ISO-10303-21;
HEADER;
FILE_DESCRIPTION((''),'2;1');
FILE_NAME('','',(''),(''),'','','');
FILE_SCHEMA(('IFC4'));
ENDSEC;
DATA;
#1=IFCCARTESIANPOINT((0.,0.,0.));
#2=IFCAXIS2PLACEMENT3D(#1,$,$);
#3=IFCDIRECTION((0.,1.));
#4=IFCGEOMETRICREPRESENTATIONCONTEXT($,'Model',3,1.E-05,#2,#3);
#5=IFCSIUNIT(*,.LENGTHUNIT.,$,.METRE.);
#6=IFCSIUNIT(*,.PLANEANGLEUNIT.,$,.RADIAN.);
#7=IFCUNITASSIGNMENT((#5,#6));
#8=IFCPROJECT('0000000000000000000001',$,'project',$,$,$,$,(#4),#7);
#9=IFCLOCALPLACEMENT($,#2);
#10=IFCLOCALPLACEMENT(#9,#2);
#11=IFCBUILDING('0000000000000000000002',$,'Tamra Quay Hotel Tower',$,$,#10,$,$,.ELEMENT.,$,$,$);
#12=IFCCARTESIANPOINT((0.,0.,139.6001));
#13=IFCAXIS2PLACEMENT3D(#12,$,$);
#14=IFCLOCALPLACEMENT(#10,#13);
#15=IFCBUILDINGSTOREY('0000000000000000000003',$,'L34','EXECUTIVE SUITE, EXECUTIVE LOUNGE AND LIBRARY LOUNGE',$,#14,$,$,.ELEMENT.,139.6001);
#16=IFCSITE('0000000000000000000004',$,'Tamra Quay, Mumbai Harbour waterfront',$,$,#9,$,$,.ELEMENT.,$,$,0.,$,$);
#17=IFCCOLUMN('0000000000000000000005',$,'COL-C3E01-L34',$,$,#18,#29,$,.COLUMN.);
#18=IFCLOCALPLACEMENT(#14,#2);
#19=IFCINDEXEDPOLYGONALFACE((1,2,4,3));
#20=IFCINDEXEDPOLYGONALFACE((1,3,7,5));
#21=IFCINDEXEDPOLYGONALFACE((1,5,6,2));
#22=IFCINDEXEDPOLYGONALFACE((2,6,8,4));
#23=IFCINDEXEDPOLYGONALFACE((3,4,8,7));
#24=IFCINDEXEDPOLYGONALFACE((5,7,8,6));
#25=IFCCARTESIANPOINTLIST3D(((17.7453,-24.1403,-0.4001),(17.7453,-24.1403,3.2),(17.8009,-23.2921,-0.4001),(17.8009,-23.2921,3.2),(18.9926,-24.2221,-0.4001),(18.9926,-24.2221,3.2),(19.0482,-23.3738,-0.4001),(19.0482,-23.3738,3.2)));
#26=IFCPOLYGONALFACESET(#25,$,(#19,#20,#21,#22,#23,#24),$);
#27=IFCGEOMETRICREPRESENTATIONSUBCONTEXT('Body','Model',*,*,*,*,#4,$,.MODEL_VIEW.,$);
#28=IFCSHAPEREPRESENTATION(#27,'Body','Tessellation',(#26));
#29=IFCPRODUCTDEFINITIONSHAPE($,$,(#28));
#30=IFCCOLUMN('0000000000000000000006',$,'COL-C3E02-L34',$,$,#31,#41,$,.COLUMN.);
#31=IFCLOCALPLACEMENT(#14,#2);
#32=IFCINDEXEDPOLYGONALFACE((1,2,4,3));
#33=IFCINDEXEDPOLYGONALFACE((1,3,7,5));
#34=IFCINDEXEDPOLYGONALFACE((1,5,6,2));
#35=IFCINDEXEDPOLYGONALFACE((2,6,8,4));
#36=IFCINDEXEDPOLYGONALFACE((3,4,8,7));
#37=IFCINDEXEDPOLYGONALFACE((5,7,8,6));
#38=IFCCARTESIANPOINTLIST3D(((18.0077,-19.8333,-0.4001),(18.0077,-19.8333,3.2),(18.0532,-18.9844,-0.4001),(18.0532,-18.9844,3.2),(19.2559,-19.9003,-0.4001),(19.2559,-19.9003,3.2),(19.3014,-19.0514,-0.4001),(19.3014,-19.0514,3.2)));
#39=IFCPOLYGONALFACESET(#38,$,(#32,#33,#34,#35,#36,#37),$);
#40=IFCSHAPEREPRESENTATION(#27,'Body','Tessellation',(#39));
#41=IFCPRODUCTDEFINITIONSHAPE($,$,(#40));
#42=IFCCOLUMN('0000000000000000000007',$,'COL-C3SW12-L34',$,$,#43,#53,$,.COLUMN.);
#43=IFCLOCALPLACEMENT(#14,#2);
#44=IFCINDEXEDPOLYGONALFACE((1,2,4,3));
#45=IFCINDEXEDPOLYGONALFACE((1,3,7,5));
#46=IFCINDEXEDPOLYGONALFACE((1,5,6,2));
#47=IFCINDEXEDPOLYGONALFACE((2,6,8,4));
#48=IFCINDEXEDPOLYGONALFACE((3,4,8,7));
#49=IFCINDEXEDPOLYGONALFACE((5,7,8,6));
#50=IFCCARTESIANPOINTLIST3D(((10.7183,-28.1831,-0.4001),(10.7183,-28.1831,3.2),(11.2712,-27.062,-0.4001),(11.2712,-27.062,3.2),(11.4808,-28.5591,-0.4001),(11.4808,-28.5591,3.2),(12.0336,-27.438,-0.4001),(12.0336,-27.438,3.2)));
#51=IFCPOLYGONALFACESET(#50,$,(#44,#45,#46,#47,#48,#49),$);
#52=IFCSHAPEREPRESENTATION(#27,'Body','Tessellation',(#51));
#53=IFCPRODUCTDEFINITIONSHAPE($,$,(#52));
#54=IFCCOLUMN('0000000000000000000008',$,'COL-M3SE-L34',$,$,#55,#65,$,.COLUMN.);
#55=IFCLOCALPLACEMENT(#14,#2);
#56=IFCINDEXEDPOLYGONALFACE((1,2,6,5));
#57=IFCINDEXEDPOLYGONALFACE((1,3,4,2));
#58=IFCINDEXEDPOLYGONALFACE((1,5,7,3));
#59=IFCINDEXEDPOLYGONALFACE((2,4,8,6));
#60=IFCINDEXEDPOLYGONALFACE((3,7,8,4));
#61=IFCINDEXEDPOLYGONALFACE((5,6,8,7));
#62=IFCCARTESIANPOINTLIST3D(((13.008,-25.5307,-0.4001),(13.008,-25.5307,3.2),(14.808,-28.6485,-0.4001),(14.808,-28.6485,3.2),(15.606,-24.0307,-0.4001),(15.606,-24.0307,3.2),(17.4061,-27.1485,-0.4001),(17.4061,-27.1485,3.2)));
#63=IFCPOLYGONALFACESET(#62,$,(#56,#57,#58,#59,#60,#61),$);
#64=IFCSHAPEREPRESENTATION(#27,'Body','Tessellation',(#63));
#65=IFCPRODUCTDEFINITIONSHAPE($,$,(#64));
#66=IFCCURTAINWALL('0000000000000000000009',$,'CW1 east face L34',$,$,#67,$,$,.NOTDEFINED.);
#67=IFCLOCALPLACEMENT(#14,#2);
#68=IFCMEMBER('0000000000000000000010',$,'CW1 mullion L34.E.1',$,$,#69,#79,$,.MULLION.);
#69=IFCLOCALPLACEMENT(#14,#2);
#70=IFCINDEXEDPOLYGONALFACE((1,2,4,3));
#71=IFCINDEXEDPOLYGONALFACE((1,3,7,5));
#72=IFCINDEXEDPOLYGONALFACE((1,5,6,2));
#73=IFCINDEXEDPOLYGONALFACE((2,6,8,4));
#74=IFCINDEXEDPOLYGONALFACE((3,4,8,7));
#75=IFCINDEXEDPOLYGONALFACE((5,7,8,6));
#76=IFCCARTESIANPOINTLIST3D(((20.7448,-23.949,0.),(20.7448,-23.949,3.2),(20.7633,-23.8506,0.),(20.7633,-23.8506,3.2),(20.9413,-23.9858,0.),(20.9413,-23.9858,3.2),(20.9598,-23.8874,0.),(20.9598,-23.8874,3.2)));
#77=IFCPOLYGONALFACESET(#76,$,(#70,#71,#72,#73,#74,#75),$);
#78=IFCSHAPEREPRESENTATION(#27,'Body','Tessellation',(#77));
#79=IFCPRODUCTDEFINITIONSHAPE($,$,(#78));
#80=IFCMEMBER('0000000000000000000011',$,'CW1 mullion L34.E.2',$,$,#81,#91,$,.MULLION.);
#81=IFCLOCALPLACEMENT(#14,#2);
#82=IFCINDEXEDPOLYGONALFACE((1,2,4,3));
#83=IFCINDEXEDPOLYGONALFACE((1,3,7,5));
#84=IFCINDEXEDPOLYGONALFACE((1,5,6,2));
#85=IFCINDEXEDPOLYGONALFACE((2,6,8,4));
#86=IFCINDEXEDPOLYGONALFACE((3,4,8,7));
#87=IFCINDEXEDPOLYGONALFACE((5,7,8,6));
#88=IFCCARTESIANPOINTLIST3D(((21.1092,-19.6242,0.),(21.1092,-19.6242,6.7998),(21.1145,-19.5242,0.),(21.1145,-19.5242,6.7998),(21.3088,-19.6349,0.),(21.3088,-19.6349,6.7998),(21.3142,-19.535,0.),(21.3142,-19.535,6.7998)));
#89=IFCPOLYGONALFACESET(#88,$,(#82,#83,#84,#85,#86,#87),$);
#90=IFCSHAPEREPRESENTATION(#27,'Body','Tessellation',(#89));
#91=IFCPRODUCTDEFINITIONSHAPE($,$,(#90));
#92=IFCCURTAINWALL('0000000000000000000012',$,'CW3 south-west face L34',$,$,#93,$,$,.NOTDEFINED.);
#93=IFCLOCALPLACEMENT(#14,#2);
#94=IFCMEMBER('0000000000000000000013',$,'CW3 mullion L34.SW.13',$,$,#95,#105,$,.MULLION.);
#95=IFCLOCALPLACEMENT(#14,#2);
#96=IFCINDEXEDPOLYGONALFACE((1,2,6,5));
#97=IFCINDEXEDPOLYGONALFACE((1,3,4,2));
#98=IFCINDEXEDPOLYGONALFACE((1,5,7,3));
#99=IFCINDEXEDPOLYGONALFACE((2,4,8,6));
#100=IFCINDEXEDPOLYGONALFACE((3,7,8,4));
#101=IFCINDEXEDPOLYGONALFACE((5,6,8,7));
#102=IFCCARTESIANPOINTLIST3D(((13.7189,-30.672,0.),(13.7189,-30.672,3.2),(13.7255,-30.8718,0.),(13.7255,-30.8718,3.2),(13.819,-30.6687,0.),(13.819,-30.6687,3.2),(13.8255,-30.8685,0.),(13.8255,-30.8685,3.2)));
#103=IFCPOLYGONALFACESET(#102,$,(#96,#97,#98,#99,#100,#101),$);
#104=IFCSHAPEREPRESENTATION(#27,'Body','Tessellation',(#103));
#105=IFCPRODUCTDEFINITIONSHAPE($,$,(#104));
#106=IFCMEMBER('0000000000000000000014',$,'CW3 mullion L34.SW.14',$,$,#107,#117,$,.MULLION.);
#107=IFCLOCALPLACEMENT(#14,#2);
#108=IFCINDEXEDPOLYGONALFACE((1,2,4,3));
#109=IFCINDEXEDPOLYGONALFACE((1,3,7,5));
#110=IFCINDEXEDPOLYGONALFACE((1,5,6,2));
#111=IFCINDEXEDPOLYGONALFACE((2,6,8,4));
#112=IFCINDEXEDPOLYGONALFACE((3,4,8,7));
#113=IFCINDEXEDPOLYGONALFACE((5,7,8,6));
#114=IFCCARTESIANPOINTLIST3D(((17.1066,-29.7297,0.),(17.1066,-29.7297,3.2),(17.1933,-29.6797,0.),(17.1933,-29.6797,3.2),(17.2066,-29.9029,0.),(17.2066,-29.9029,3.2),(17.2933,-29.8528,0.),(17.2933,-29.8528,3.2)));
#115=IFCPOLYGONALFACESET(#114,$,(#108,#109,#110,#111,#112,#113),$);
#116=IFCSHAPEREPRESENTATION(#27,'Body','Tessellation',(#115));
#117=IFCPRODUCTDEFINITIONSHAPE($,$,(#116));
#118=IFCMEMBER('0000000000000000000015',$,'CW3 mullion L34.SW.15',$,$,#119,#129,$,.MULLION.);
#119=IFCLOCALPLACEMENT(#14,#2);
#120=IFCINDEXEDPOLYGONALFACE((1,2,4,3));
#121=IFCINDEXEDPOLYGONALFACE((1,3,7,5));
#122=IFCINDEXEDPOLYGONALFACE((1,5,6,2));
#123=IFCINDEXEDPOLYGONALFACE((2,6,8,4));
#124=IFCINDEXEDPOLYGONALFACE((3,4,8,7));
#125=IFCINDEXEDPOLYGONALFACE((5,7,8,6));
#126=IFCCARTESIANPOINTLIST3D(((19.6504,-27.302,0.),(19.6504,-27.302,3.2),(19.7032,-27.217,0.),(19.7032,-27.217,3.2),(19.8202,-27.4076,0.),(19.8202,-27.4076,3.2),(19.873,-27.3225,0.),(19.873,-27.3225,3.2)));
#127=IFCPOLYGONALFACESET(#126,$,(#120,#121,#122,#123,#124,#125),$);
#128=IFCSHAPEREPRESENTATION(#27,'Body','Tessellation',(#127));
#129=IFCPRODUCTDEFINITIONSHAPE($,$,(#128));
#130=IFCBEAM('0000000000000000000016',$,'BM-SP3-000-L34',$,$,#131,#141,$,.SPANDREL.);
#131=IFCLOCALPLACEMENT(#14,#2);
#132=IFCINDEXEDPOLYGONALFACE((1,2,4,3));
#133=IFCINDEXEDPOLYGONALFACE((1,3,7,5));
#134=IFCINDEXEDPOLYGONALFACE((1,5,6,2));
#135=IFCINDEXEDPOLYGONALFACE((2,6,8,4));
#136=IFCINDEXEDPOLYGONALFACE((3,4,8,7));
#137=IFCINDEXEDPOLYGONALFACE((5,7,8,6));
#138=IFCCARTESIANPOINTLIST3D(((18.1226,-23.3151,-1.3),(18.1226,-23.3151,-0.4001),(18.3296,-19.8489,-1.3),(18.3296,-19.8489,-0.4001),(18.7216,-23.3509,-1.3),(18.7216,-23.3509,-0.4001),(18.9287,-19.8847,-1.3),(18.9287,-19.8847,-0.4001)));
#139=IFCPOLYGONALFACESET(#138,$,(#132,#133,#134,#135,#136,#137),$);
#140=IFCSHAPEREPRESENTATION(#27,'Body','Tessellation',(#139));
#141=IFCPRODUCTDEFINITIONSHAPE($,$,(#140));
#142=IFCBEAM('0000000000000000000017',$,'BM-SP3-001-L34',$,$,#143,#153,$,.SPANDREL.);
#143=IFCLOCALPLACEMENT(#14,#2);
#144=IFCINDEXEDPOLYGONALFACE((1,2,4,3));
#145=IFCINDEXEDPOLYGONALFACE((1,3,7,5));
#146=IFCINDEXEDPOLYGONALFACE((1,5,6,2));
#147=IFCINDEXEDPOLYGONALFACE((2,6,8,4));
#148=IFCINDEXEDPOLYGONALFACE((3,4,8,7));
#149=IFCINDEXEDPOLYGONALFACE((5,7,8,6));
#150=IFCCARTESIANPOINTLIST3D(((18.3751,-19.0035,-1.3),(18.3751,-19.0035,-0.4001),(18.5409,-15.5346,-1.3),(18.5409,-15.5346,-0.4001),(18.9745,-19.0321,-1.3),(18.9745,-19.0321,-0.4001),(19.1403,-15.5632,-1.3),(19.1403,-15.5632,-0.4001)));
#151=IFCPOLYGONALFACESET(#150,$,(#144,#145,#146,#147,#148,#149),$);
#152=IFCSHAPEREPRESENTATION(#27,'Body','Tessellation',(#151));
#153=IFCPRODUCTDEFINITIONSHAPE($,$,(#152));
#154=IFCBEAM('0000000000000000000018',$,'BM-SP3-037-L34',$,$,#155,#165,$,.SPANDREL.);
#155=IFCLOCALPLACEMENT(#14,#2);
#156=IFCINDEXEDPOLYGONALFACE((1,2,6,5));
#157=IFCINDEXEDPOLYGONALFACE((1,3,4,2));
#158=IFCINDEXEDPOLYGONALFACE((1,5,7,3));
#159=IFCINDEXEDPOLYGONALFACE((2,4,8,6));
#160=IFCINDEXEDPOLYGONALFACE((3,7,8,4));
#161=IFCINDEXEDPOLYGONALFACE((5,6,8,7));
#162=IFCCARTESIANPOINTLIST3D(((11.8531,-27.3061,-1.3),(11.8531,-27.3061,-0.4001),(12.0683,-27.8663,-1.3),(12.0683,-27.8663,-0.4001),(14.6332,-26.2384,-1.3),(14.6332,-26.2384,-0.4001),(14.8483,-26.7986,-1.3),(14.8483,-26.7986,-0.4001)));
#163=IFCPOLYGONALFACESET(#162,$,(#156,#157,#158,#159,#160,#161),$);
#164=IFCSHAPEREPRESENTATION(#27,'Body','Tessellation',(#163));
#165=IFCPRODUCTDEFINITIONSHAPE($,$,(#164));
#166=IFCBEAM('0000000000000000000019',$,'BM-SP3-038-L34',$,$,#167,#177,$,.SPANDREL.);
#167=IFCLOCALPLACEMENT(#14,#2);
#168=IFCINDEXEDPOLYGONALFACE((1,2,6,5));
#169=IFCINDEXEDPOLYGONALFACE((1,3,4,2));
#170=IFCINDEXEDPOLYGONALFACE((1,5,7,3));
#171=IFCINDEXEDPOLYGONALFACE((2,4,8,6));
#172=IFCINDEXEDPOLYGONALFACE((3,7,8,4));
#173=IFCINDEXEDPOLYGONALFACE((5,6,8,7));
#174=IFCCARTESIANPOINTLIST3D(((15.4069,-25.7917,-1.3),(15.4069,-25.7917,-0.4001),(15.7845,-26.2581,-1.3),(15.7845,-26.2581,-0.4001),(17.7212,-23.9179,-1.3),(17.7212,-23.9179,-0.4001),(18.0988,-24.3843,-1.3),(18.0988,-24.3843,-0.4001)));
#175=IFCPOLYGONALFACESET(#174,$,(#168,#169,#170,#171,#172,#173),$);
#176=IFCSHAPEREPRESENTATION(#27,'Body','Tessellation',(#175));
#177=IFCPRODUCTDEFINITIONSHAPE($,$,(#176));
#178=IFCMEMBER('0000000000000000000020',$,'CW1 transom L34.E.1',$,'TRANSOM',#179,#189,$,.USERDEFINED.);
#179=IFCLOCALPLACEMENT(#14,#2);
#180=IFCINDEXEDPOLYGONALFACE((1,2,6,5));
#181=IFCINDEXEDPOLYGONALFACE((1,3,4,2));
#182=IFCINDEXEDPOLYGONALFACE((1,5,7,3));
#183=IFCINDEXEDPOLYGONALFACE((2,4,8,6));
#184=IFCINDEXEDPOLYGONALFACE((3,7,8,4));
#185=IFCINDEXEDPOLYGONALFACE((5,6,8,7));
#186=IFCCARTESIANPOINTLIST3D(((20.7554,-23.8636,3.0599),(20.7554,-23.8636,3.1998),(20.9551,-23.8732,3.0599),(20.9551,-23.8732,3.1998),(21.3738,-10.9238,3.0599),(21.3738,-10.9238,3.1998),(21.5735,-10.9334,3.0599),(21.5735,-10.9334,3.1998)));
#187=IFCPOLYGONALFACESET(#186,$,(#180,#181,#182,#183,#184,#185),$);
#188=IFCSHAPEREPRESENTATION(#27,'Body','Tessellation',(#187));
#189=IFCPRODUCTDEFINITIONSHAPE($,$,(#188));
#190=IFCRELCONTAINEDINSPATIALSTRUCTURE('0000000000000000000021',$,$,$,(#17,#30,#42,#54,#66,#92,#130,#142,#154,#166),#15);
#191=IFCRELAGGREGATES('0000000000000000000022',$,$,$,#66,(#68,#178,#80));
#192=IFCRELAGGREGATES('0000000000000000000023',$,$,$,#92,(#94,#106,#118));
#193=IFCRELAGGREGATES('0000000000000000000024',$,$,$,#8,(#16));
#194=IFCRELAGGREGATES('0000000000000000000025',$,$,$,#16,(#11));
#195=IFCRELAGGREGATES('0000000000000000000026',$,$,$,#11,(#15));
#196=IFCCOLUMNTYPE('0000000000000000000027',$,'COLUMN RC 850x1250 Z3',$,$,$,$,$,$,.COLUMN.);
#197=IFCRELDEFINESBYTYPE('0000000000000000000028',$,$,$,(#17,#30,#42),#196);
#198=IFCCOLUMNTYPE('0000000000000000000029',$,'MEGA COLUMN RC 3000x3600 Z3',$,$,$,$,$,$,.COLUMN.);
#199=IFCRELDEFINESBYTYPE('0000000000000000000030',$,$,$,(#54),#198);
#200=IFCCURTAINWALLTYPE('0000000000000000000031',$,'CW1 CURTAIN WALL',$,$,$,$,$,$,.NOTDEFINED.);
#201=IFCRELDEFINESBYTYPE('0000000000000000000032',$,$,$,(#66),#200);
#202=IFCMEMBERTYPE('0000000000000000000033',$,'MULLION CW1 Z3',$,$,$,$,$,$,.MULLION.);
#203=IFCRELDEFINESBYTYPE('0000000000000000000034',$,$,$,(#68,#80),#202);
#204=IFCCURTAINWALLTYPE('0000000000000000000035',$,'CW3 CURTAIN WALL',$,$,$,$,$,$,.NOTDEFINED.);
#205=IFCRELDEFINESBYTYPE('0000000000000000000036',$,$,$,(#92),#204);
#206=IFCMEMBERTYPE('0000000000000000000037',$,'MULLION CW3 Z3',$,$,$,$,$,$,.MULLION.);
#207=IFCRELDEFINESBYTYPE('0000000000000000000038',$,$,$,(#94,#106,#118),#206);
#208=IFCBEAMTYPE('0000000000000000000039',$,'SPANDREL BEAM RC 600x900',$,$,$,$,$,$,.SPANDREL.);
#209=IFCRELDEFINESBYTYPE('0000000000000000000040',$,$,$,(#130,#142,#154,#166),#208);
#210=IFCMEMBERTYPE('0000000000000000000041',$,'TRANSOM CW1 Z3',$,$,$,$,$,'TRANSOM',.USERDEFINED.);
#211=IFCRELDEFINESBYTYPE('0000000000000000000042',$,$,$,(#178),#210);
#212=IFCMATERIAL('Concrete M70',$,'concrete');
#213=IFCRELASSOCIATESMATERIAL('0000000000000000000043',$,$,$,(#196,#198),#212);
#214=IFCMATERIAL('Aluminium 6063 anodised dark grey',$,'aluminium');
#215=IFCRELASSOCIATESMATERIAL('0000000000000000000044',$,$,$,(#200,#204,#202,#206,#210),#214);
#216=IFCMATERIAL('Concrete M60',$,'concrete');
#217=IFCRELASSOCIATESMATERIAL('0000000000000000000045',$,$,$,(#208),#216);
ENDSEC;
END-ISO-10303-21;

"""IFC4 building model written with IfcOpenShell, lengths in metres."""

from ifc_helpers import new_model, si_unit, direction, frame, origin, origin_2d, place, context, subcontext, project, spatial, rectangle, extrude, material, material_profile, profile_set, type_object, element, aggregate, save


model = new_model("IFC4")

# Units and contexts
model_context = context("Model", 3, precision=1e-05, world=origin(), true_north=direction((0.0, 1.0)))
body_context = subcontext(model_context, "Body", "Model", "MODEL_VIEW")
ifc_project = project(units=[si_unit("LENGTHUNIT", "METRE"), si_unit("PLANEANGLEUNIT", "RADIAN")], contexts=[model_context])

# Site, building, storey
site_placement = place(None, origin())
site = spatial("IfcSite", under=ifc_project, at=site_placement, Name="Tamra Quay, Mumbai Harbour waterfront", CompositionType="ELEMENT", RefElevation=0.0)
building_placement = place(site_placement, origin())
building = spatial("IfcBuilding", under=site, at=building_placement, Name="Tamra Quay Hotel Tower", CompositionType="ELEMENT")
storey_placement = place(building_placement, frame((0.0, 0.0, 139.6001)))
storey = spatial("IfcBuildingStorey", under=building, at=storey_placement, Name="L34", Description="EXECUTIVE SUITE, EXECUTIVE LOUNGE AND LIBRARY LOUNGE", CompositionType="ELEMENT", Elevation=139.6001)

# Columns
ifc_material_1 = material(Name="Concrete M70", Category="concrete")
ifc_material_profile_1 = material_profile(ifc_material_1, rectangle(XDim=1.25, YDim=0.8501, at=origin_2d()), Name="COLUMN RC 850x1250 Z3")
ifc_profile_set_1 = profile_set([ifc_material_profile_1], Name="Concrete M70")
column_type_1 = type_object("IfcColumnType", Name="COLUMN RC 850x1250 Z3", PredefinedType="COLUMN", material=ifc_profile_set_1)
for number, where, z_axis, x_axis, name in (
    (1, (18.3967, -23.7571, -0.4001), (0.0, 0.0, 1.0), (-0.997858, 0.065419, 0.0), "COL-C3E01-L34"),
    (2, (18.6545, -19.4424, -0.4001), (0.0, 0.0, 1.0), (-0.998562, 0.053603, 0.0), "COL-C3E02-L34"),
    (3, (11.376, -27.8105, -0.4001), (0.0, 0.0, 1.0), (0.442275, 0.89688, 0.0), "COL-C3SW12-L34"),
):
    element("IfcColumn", number, at=place(storey_placement, frame(where, z_axis=z_axis, x_axis=x_axis)), inside=storey, type_object=column_type_1, Name=name, PredefinedType="COLUMN", context=body_context, shape_type="SweptSolid", body=[
        extrude(rectangle(XDim=1.25, YDim=0.8501, at=origin_2d()), origin(), (0.0, 0.0, 1.0), 3.6001),
    ])
ifc_material_profile_2 = material_profile(ifc_material_1, rectangle(XDim=3.6001, YDim=3.0, at=origin_2d()), Name="MEGA COLUMN RC 3000x3600 Z3")
ifc_profile_set_2 = profile_set([ifc_material_profile_2], Name="Concrete M70")
column_type_2 = type_object("IfcColumnType", Name="MEGA COLUMN RC 3000x3600 Z3", PredefinedType="COLUMN", material=ifc_profile_set_2)
column_placement = place(storey_placement, frame((15.207, -26.3396, -0.4001), z_axis=(0.0, 0.0, 1.0), x_axis=(-0.5, 0.866025, 0.0)))
element("IfcColumn", 4, at=column_placement, inside=storey, type_object=column_type_2, Name="COL-M3SE-L34", PredefinedType="COLUMN", context=body_context, shape_type="SweptSolid", body=[
    extrude(rectangle(XDim=3.6001, YDim=3.0, at=origin_2d()), origin(), (0.0, 0.0, 1.0), 3.6001),
])

# Curtain walls, members
ifc_material_2 = material(Name="Aluminium 6063 anodised dark grey", Category="aluminium")
curtain_wall_type_1 = type_object("IfcCurtainWallType", Name="CW1 CURTAIN WALL", PredefinedType="NOTDEFINED", material=ifc_material_2)
curtain_wall_1_placement = place(storey_placement, origin())
curtain_wall_1 = element("IfcCurtainWall", 5, at=curtain_wall_1_placement, inside=storey, type_object=curtain_wall_type_1, Name="CW1 east face L34", PredefinedType="NOTDEFINED")
ifc_material_profile_3 = material_profile(ifc_material_2, rectangle(XDim=0.2, YDim=0.1001, at=origin_2d()), Name="MULLION 100X200")
ifc_profile_set_3 = profile_set([ifc_material_profile_3], Name="Aluminium 6063 anodised dark grey")
member_type_1 = type_object("IfcMemberType", Name="MULLION CW1 Z3", PredefinedType="MULLION", material=ifc_profile_set_3)
member_1_placement = place(storey_placement, frame((20.8523, -23.9182, 0.0), z_axis=(0.0, 0.0, 1.0), x_axis=(0.982883, -0.18423, 0.0)))
member_1 = element("IfcMember", 6, at=member_1_placement, type_object=member_type_1, Name="CW1 mullion L34.E.1", PredefinedType="MULLION", context=body_context, shape_type="SweptSolid", body=[
    extrude(rectangle(XDim=0.2, YDim=0.1001, at=origin_2d()), origin(), (0.0, 0.0, 1.0), 3.2),
])
member_2_placement = place(storey_placement, frame((21.2117, -19.5796, 0.0), z_axis=(0.0, 0.0, 1.0), x_axis=(0.998557, -0.053695, 0.0)))
member_2 = element("IfcMember", 7, at=member_2_placement, type_object=member_type_1, Name="CW1 mullion L34.E.2", PredefinedType="MULLION", context=body_context, shape_type="SweptSolid", body=[
    extrude(rectangle(XDim=0.2, YDim=0.1001, at=origin_2d()), origin(), (0.0, 0.0, 1.0), 6.7998),
])
curtain_wall_type_2 = type_object("IfcCurtainWallType", Name="CW3 CURTAIN WALL", PredefinedType="NOTDEFINED", material=ifc_material_2)
curtain_wall_2_placement = place(storey_placement, origin())
curtain_wall_2 = element("IfcCurtainWall", 8, at=curtain_wall_2_placement, inside=storey, type_object=curtain_wall_type_2, Name="CW3 south-west face L34", PredefinedType="NOTDEFINED")
ifc_material_profile_4 = material_profile(ifc_material_2, rectangle(XDim=0.2, YDim=0.1001, at=origin_2d()), Name="MULLION 100X200")
ifc_profile_set_4 = profile_set([ifc_material_profile_4], Name="Aluminium 6063 anodised dark grey")
member_type_2 = type_object("IfcMemberType", Name="MULLION CW3 Z3", PredefinedType="MULLION", material=ifc_profile_set_4)
member_3_placement = place(storey_placement, frame((13.7722, -30.7703, 0.0), z_axis=(0.0, 0.0, 1.0), x_axis=(0.032727, -0.999464, 0.0)))
member_3 = element("IfcMember", 9, at=member_3_placement, type_object=member_type_2, Name="CW3 mullion L34.SW.13", PredefinedType="MULLION", context=body_context, shape_type="SweptSolid", body=[
    extrude(rectangle(XDim=0.2, YDim=0.1001, at=origin_2d()), origin(), (0.0, 0.0, 1.0), 3.2),
])
member_4_placement = place(storey_placement, frame((17.2, -29.7913, 0.0), z_axis=(0.0, 0.0, 1.0), x_axis=(0.5, -0.866025, 0.0)))
member_4 = element("IfcMember", 10, at=member_4_placement, type_object=member_type_2, Name="CW3 mullion L34.SW.14", PredefinedType="MULLION", context=body_context, shape_type="SweptSolid", body=[
    extrude(rectangle(XDim=0.2, YDim=0.1001, at=origin_2d()), origin(), (0.0, 0.0, 1.0), 3.2),
])
member_5_placement = place(storey_placement, frame((19.7617, -27.3123, 0.0), z_axis=(0.0, 0.0, 1.0), x_axis=(0.849198, -0.528075, 0.0)))
member_5 = element("IfcMember", 11, at=member_5_placement, type_object=member_type_2, Name="CW3 mullion L34.SW.15", PredefinedType="MULLION", context=body_context, shape_type="SweptSolid", body=[
    extrude(rectangle(XDim=0.2, YDim=0.1001, at=origin_2d()), origin(), (0.0, 0.0, 1.0), 3.2),
])

# Beams
ifc_material_3 = material(Name="Concrete M60", Category="concrete")
ifc_material_profile_5 = material_profile(ifc_material_3, rectangle(XDim=0.6001, YDim=0.8999, at=origin_2d()), Name="SPANDREL BEAM RC 600x900")
ifc_profile_set_5 = profile_set([ifc_material_profile_5], Name="Concrete M60")
beam_type = type_object("IfcBeamType", Name="SPANDREL BEAM RC 600x900", PredefinedType="SPANDREL", material=ifc_profile_set_5)
beam_1_placement = place(storey_placement, frame((18.4221, -23.333, -0.8501), z_axis=(0.05962, 0.998221, 0.0), x_axis=(-0.998221, 0.05962, 0.0)))
element("IfcBeam", 12, at=beam_1_placement, inside=storey, type_object=beam_type, Name="BM-SP3-000-L34", PredefinedType="SPANDREL", context=body_context, shape_type="SweptSolid", body=[
    extrude(rectangle(XDim=0.6001, YDim=0.8999, at=origin_2d()), origin(), (0.0, 0.0, 1.0), 3.4724),
])
beam_2_placement = place(storey_placement, frame((18.6748, -19.0178, -0.8501), z_axis=(0.047732, 0.99886, 0.0), x_axis=(-0.99886, 0.047732, 0.0)))
element("IfcBeam", 13, at=beam_2_placement, inside=storey, type_object=beam_type, Name="BM-SP3-001-L34", PredefinedType="SPANDREL", context=body_context, shape_type="SweptSolid", body=[
    extrude(rectangle(XDim=0.6001, YDim=0.8999, at=origin_2d()), origin(), (0.0, 0.0, 1.0), 3.4729),
])
beam_3_placement = place(storey_placement, frame((11.9607, -27.5862, -0.8501), z_axis=(0.933527, 0.358507, 0.0), x_axis=(-0.358507, 0.933527, 0.0)))
element("IfcBeam", 14, at=beam_3_placement, inside=storey, type_object=beam_type, Name="BM-SP3-037-L34", PredefinedType="SPANDREL", context=body_context, shape_type="SweptSolid", body=[
    extrude(rectangle(XDim=0.6001, YDim=0.8999, at=origin_2d()), origin(), (0.0, 0.0, 1.0), 2.978),
])
beam_4_placement = place(storey_placement, frame((15.5957, -26.0249, -0.8501), z_axis=(0.777184, 0.629274, 0.0), x_axis=(-0.629274, 0.777184, 0.0)))
element("IfcBeam", 15, at=beam_4_placement, inside=storey, type_object=beam_type, Name="BM-SP3-038-L34", PredefinedType="SPANDREL", context=body_context, shape_type="SweptSolid", body=[
    extrude(rectangle(XDim=0.6001, YDim=0.8999, at=origin_2d()), origin(), (0.0, 0.0, 1.0), 2.9778),
])

# Member
ifc_material_profile_6 = material_profile(ifc_material_2, rectangle(XDim=0.2, YDim=0.1399, at=origin_2d()), Name="TRANSOM 200X140")
ifc_profile_set_6 = profile_set([ifc_material_profile_6], Name="Aluminium 6063 anodised dark grey")
member_type_3 = type_object("IfcMemberType", Name="TRANSOM CW1 Z3", ElementType="TRANSOM", PredefinedType="USERDEFINED", material=ifc_profile_set_6)
member_6_placement = place(storey_placement, frame((20.8552, -23.8684, 3.1299), z_axis=(0.047736, 0.99886, 0.0), x_axis=(-0.99886, 0.047736, 0.0)))
member_6 = element("IfcMember", 16, at=member_6_placement, type_object=member_type_3, Name="CW1 transom L34.E.1", ObjectType="TRANSOM", PredefinedType="USERDEFINED", context=body_context, shape_type="SweptSolid", body=[
    extrude(rectangle(XDim=0.2, YDim=0.1399, at=origin_2d()), origin(), (0.0, 0.0, 1.0), 12.9546),
])

aggregate(curtain_wall_1, [member_1, member_6, member_2])
aggregate(curtain_wall_2, [member_3, member_4, member_5])

save(model, "model.ifc")
